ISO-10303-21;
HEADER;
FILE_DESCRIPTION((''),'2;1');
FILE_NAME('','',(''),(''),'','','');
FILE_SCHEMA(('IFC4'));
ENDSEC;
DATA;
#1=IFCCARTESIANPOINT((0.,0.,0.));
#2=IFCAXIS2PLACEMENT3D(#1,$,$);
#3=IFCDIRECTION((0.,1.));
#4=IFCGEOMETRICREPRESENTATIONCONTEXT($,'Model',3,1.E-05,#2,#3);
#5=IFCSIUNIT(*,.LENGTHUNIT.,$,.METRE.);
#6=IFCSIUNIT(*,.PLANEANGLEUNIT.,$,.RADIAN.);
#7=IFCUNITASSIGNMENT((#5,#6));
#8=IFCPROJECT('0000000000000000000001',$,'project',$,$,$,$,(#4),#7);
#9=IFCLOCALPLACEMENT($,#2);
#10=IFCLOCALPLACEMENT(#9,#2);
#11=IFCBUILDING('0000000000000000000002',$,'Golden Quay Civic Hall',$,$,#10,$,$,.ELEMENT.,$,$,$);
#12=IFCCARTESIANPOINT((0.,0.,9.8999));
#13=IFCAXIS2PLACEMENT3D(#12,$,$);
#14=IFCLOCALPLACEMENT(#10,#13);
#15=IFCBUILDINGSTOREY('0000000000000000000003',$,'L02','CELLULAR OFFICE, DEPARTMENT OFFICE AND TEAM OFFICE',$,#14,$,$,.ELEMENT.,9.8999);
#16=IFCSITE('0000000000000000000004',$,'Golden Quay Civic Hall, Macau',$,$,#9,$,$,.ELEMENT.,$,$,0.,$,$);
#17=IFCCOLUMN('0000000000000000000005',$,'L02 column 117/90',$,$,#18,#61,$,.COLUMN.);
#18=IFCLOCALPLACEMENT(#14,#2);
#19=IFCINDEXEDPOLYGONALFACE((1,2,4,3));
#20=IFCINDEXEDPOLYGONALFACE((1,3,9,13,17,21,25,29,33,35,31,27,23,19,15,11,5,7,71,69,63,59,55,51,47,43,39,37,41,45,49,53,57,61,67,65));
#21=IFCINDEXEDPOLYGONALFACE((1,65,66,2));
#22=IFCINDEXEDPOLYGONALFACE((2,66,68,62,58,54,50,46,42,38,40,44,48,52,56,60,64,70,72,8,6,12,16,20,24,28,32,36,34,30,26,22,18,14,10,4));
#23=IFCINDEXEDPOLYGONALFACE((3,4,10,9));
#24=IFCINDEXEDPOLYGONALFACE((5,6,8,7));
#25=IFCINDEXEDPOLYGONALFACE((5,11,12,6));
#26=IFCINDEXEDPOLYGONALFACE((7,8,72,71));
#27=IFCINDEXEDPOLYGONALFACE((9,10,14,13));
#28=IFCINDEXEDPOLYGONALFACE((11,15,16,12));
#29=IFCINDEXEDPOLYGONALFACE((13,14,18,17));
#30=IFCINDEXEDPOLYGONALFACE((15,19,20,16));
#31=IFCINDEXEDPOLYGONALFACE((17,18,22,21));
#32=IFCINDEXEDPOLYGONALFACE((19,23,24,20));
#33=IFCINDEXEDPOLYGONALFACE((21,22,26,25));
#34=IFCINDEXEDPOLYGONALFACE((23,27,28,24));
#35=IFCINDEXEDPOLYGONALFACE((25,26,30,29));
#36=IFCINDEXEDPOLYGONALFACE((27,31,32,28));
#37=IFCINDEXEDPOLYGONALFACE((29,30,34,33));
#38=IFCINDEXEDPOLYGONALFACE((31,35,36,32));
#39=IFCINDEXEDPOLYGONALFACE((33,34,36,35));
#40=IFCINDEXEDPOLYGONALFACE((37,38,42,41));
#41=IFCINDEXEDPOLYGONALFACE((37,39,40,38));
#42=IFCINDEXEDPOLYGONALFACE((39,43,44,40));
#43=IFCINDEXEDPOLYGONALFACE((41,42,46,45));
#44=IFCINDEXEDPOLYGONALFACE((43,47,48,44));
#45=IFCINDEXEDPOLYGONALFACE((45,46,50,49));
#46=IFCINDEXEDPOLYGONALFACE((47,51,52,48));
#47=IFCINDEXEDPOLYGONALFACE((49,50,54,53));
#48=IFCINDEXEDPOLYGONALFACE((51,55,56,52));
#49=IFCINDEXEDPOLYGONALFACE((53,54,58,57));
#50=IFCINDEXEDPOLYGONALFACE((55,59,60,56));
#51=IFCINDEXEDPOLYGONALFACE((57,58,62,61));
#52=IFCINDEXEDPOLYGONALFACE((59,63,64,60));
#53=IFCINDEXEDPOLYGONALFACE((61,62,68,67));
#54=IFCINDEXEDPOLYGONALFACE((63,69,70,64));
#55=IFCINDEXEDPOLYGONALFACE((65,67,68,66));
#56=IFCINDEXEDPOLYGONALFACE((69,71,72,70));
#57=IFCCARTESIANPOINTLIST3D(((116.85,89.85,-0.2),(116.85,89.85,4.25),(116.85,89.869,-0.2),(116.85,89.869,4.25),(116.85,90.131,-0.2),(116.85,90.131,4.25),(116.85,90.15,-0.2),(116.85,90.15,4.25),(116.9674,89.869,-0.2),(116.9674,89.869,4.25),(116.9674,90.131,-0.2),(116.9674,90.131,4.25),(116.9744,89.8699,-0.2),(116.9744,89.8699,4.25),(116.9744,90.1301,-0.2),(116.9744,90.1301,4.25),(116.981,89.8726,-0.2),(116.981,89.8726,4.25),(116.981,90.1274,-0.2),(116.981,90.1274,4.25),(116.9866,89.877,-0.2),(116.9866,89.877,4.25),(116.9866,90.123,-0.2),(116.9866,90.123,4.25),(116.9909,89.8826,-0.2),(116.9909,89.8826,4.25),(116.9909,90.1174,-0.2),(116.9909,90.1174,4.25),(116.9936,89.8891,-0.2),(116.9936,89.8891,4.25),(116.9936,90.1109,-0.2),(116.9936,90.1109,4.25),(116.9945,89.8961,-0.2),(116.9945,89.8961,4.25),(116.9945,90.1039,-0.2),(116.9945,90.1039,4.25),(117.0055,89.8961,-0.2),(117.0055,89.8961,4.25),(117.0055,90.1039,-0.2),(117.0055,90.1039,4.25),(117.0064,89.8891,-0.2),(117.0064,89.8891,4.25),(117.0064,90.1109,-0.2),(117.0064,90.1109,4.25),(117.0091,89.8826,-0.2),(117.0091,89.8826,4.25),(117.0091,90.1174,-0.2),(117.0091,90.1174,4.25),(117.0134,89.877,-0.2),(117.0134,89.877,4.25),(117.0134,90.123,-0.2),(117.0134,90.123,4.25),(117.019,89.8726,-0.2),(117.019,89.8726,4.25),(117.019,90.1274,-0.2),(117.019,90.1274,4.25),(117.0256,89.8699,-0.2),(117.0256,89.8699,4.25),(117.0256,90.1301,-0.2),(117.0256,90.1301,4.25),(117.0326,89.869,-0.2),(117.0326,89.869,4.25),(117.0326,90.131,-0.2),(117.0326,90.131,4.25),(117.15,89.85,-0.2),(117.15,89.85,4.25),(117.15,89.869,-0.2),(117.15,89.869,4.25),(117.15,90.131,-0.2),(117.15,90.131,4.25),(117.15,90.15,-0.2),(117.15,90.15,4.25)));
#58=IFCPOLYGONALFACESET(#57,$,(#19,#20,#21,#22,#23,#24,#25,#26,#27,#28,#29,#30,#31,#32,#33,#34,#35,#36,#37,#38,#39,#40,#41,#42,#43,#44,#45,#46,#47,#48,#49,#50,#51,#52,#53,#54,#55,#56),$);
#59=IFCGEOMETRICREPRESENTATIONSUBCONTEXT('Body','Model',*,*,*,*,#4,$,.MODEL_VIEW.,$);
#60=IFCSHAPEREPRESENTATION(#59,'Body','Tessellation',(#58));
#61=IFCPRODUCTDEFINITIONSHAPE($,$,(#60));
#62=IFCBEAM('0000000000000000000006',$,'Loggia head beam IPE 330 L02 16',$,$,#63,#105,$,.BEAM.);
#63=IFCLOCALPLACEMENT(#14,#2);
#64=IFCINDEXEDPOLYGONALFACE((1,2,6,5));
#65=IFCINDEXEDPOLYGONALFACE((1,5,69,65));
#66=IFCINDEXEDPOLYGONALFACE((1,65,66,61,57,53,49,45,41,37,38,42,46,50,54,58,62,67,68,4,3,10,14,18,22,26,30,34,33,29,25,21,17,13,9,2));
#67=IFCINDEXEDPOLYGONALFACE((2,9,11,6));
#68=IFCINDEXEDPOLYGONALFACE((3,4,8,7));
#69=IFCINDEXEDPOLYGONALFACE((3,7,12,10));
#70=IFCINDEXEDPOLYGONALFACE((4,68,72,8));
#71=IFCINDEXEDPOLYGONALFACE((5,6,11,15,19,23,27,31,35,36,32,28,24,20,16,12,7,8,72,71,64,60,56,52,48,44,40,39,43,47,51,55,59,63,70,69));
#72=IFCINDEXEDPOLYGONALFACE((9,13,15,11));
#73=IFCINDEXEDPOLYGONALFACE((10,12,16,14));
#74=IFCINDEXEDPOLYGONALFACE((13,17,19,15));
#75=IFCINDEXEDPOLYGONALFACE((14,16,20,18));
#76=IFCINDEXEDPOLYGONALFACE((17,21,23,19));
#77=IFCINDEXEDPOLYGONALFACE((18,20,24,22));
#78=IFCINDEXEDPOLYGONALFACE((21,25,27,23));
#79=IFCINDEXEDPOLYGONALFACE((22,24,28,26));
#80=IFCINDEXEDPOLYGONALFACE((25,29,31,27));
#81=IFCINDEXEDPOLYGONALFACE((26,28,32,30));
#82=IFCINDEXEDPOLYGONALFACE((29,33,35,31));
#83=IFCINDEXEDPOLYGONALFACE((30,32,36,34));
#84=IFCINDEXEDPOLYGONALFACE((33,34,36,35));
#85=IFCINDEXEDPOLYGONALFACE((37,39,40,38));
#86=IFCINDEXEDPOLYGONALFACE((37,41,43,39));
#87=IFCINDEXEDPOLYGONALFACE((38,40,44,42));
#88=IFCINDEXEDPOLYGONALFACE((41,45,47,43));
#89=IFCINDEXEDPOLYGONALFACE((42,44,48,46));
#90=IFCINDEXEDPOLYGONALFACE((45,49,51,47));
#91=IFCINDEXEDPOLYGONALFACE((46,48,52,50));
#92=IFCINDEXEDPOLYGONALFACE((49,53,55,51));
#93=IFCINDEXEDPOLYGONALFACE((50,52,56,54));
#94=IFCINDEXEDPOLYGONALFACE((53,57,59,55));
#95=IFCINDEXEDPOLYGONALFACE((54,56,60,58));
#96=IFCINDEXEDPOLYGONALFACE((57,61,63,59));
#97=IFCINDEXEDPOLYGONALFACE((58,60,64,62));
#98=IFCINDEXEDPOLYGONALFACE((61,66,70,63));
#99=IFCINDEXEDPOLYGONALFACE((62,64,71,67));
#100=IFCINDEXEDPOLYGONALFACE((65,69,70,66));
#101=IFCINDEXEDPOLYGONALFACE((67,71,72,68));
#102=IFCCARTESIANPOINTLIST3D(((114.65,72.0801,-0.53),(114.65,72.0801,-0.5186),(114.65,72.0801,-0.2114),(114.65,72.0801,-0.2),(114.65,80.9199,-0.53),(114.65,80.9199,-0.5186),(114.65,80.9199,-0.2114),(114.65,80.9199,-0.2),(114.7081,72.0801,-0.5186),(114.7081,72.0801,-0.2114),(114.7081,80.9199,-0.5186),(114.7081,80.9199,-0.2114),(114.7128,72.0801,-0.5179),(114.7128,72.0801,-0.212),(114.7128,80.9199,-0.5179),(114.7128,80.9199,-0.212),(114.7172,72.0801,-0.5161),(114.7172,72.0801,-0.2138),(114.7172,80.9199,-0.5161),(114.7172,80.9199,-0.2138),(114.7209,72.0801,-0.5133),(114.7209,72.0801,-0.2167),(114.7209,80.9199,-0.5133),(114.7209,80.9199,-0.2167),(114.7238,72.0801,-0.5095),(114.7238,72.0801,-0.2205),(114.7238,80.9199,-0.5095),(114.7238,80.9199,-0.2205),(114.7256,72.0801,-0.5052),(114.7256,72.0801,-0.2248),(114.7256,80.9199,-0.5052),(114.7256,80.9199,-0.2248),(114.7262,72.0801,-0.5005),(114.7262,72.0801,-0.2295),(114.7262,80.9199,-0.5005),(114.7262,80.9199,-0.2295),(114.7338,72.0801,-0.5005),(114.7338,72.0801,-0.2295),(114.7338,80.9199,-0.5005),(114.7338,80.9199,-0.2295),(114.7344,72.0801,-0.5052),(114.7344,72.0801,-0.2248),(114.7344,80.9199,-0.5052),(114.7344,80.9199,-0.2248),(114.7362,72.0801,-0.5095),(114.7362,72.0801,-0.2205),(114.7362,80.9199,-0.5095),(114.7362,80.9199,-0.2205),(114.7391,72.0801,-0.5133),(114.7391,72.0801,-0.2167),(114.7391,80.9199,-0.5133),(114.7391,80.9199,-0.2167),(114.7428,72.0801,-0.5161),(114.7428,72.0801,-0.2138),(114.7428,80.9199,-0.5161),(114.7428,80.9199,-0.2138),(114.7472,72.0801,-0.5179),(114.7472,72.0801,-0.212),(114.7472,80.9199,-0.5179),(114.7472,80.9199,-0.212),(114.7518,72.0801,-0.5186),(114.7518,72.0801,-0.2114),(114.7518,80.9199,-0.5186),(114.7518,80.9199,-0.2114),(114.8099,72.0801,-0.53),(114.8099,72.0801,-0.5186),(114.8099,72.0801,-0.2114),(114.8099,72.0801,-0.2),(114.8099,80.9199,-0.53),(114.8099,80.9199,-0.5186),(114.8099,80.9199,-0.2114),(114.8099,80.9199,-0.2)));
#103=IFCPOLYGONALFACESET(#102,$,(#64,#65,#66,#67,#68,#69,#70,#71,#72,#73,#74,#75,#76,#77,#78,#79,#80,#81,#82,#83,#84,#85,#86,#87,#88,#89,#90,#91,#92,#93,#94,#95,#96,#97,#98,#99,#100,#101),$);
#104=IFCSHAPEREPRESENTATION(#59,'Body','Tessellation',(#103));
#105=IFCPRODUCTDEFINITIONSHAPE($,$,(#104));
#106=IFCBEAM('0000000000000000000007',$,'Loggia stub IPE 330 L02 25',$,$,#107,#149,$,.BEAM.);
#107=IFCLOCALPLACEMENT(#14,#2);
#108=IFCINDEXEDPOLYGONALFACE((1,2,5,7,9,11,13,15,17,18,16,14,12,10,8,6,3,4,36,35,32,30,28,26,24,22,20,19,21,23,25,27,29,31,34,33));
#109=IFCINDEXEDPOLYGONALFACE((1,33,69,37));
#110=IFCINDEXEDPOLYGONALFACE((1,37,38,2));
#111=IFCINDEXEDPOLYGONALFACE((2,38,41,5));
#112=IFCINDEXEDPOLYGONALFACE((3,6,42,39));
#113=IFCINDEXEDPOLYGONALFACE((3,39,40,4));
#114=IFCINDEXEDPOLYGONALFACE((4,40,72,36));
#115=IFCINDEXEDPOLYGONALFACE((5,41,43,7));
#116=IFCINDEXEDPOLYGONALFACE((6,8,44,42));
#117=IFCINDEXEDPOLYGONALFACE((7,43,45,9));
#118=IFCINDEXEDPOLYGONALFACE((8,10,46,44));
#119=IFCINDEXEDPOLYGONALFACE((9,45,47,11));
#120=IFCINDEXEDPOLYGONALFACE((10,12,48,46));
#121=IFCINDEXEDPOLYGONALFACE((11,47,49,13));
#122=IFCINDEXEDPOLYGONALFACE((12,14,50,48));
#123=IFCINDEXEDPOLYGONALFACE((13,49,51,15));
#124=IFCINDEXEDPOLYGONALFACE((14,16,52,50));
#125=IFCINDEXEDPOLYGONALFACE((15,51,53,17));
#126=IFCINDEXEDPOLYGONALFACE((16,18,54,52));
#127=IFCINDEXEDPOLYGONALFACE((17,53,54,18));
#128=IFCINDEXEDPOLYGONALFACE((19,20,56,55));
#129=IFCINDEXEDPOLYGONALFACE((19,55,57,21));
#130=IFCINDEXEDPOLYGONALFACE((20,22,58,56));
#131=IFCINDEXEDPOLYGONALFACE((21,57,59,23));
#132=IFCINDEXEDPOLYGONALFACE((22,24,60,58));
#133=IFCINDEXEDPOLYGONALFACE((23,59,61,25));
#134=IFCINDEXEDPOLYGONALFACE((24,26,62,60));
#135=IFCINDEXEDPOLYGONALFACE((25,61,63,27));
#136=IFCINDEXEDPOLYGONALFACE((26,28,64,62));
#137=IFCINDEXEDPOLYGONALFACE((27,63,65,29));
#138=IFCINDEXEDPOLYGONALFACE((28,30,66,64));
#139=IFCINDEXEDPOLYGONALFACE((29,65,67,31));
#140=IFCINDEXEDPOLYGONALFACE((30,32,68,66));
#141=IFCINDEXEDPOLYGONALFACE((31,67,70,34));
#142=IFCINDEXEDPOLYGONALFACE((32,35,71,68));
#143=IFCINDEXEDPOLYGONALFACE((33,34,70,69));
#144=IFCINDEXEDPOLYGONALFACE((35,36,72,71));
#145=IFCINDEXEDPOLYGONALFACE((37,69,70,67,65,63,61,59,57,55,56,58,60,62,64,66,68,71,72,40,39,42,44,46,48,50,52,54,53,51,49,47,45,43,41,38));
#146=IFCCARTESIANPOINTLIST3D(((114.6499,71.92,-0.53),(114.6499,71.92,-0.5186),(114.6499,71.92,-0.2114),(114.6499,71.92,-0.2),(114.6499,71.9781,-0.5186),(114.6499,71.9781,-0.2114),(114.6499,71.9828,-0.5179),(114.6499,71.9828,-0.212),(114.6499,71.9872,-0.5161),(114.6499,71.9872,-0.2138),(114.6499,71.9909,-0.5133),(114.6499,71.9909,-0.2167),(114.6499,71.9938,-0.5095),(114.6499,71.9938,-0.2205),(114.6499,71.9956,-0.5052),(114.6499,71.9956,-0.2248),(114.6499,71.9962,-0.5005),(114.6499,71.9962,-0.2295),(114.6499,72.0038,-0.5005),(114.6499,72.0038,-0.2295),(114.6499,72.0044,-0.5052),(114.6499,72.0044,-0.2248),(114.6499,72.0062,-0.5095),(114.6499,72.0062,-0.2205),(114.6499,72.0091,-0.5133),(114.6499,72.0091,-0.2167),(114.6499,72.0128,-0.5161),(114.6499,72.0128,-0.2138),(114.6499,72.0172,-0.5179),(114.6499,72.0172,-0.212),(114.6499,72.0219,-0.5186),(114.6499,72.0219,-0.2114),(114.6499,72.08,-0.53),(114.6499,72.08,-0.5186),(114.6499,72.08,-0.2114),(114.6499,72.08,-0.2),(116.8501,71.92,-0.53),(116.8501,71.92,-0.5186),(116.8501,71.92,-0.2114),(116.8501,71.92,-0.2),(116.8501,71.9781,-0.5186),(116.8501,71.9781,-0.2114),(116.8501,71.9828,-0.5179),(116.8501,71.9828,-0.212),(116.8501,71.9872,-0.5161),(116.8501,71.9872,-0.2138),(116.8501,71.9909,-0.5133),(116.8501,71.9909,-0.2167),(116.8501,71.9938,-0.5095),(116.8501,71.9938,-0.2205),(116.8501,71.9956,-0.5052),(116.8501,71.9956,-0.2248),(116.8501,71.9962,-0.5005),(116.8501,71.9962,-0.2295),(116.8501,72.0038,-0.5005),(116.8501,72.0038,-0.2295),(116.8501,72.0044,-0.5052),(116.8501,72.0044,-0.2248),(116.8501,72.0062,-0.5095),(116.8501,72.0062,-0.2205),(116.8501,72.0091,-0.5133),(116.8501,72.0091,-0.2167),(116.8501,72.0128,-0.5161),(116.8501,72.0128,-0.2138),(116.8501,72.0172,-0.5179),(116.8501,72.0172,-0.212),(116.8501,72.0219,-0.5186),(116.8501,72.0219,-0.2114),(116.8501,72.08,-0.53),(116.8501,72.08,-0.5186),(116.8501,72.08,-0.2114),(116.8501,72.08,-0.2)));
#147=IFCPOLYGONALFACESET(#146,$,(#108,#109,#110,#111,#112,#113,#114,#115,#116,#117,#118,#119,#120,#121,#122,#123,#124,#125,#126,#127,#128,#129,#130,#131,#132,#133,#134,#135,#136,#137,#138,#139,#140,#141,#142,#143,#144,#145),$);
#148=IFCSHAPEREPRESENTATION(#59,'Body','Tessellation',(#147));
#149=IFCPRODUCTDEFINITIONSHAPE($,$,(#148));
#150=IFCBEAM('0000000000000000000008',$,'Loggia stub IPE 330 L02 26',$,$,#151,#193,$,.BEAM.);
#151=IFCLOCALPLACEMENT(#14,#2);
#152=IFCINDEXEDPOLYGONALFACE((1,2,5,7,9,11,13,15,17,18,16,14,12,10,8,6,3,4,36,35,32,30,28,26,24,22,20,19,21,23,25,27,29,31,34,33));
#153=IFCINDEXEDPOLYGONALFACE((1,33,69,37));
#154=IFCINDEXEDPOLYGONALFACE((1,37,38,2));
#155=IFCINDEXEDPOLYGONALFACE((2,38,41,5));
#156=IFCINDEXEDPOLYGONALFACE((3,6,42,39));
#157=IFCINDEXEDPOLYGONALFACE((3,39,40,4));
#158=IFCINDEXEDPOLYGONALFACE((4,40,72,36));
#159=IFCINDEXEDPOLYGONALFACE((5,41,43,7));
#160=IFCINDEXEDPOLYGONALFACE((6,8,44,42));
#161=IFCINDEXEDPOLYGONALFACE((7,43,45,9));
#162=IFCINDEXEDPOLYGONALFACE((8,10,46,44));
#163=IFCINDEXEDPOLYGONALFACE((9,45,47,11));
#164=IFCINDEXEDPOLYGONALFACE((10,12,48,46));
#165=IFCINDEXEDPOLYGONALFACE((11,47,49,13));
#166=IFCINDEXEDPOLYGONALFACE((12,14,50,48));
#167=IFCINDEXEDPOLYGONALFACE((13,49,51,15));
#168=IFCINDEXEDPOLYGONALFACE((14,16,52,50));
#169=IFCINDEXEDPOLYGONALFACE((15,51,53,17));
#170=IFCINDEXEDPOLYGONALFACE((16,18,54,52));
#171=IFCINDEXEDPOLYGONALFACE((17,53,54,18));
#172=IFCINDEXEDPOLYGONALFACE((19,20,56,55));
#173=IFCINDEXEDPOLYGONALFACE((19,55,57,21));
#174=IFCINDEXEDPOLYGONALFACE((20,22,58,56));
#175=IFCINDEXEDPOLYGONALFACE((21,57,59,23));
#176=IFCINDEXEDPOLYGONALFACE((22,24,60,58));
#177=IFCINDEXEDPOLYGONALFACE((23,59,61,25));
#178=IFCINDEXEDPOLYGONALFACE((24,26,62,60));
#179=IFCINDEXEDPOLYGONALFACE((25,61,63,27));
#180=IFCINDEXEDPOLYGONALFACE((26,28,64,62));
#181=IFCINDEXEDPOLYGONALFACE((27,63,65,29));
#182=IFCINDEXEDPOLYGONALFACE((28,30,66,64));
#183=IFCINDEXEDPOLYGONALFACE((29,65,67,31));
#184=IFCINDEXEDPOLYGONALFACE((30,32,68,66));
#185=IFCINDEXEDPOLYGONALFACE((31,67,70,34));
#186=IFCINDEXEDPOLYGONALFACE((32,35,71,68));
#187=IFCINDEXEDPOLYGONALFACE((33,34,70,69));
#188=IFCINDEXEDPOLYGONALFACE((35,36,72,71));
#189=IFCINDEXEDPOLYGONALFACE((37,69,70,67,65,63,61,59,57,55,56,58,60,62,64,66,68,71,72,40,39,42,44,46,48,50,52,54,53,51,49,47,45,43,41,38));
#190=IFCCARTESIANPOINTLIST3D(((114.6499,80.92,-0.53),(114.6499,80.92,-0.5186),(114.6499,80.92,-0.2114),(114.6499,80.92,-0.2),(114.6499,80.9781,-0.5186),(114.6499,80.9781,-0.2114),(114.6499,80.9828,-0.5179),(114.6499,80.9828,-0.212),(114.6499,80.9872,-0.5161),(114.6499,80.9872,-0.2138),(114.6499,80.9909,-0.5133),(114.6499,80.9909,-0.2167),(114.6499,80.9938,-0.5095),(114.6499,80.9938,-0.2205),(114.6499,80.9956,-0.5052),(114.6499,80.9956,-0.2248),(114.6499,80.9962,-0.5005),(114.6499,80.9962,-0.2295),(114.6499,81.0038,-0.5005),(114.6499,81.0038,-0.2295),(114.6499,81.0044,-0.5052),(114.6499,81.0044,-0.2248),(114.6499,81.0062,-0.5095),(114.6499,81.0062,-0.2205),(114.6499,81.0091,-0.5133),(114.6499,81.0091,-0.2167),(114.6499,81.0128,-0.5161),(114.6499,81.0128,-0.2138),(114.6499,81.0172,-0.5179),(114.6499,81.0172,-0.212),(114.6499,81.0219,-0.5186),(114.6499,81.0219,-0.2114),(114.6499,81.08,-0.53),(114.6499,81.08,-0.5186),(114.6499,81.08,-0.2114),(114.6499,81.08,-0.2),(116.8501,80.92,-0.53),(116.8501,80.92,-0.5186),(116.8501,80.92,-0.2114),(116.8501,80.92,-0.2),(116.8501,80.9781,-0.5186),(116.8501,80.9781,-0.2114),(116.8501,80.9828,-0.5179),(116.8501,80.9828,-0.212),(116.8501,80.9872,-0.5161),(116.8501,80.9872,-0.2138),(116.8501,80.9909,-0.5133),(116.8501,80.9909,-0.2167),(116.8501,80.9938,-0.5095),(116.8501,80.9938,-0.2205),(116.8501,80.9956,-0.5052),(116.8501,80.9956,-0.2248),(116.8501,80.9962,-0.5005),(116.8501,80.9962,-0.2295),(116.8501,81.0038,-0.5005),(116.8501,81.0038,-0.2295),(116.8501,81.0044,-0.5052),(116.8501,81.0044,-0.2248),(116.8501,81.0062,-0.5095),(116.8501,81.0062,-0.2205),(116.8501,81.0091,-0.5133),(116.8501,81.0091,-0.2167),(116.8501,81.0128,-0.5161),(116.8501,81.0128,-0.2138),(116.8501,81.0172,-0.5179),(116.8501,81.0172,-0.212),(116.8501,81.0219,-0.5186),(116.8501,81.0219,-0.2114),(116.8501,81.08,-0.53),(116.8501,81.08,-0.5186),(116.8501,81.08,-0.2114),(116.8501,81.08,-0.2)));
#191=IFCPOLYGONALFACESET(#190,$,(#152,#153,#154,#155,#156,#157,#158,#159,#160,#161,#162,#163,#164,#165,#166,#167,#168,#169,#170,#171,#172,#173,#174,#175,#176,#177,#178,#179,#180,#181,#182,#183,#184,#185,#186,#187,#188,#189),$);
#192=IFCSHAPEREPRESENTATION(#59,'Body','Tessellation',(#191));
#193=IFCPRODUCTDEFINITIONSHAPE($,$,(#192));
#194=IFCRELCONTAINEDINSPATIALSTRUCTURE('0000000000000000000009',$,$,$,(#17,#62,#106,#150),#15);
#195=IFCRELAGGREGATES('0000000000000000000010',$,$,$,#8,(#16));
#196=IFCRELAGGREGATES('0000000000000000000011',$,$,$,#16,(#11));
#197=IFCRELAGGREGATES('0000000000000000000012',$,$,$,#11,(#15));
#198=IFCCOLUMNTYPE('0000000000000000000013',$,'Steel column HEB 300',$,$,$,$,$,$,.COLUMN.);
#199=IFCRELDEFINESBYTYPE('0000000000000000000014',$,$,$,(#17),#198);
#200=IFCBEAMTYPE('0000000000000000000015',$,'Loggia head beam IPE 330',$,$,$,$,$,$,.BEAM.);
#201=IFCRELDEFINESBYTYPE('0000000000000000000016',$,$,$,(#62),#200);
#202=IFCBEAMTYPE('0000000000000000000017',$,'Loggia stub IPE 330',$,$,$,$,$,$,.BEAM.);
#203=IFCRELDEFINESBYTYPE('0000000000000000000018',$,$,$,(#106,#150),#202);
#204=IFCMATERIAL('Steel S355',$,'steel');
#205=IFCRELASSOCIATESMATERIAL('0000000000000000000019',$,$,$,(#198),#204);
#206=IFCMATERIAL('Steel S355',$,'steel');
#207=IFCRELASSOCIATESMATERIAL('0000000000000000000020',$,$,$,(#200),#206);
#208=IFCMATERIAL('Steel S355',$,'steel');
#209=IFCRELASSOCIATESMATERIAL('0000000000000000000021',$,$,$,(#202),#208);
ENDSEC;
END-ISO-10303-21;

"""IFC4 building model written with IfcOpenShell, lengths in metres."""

from ifc_helpers import new_model, si_unit, direction, frame, origin, origin_2d, place, context, subcontext, project, spatial, i_section, extrude, material, material_profile, profile_set, type_object, element, save


model = new_model("IFC4")

# Units and contexts
model_context = context("Model", 3, precision=1e-05, world=origin(), true_north=direction((0.0, 1.0)))
body_context = subcontext(model_context, "Body", "Model", "MODEL_VIEW")
ifc_project = project(units=[si_unit("LENGTHUNIT", "METRE"), si_unit("PLANEANGLEUNIT", "RADIAN")], contexts=[model_context])

# Site, building, storey
site_placement = place(None, origin())
site = spatial("IfcSite", under=ifc_project, at=site_placement, Name="Golden Quay Civic Hall, Macau", CompositionType="ELEMENT", RefElevation=0.0)
building_placement = place(site_placement, origin())
building = spatial("IfcBuilding", under=site, at=building_placement, Name="Golden Quay Civic Hall", CompositionType="ELEMENT")
storey_placement = place(building_placement, frame((0.0, 0.0, 9.8999)))
storey = spatial("IfcBuildingStorey", under=building, at=storey_placement, Name="L02", Description="CELLULAR OFFICE, DEPARTMENT OFFICE AND TEAM OFFICE", CompositionType="ELEMENT", Elevation=9.8999)

# Column
ifc_material_1 = material(Name="Steel S355", Category="steel")
ifc_material_profile_1 = material_profile(ifc_material_1, i_section(OverallWidth=0.3, OverallDepth=0.3, WebThickness=0.011, FlangeThickness=0.019, FilletRadius=0.0271, at=origin_2d()), Name="HEB 300")
ifc_profile_set_1 = profile_set([ifc_material_profile_1], Name="Steel S355")
column_type = type_object("IfcColumnType", Name="Steel column HEB 300", PredefinedType="COLUMN", material=ifc_profile_set_1)
for number, where, z_axis, x_axis, name in (
    (1, (117.0, 90.0, -0.2), (0.0, 0.0, 1.0), (1.0, 0.0, 0.0), "L02 column 117/90"),
):
    element("IfcColumn", number, at=place(storey_placement, frame(where, z_axis=z_axis, x_axis=x_axis)), inside=storey, type_object=column_type, Name=name, PredefinedType="COLUMN", context=body_context, shape_type="SweptSolid", body=[
        extrude(i_section(OverallWidth=0.3, OverallDepth=0.3, WebThickness=0.011, FlangeThickness=0.019, FilletRadius=0.0271, at=origin_2d()), origin(), (0.0, 0.0, 1.0), 4.45),
    ])

# Beams
ifc_material_2 = material(Name="Steel S355", Category="steel")
ifc_material_profile_2 = material_profile(ifc_material_2, i_section(OverallWidth=0.1599, OverallDepth=0.3301, WebThickness=0.0076, FlangeThickness=0.0115, FilletRadius=0.0181, at=origin_2d()), Name="IPE 330")
ifc_profile_set_2 = profile_set([ifc_material_profile_2], Name="Steel S355")
beam_type_1 = type_object("IfcBeamType", Name="Loggia head beam IPE 330", PredefinedType="BEAM", material=ifc_profile_set_2)
beam_1_placement = place(storey_placement, frame((114.73, 72.0801, -0.365), z_axis=(0.0, 1.0, 0.0), x_axis=(-1.0, 0.0, 0.0)))
element("IfcBeam", 2, at=beam_1_placement, inside=storey, type_object=beam_type_1, Name="Loggia head beam IPE 330 L02 16", PredefinedType="BEAM", context=body_context, shape_type="SweptSolid", body=[
    extrude(i_section(OverallWidth=0.1599, OverallDepth=0.3301, WebThickness=0.0076, FlangeThickness=0.0115, FilletRadius=0.0181, at=origin_2d()), origin(), (0.0, 0.0, 1.0), 8.8398),
])
ifc_material_3 = material(Name="Steel S355", Category="steel")
ifc_material_profile_3 = material_profile(ifc_material_3, i_section(OverallWidth=0.1599, OverallDepth=0.3301, WebThickness=0.0076, FlangeThickness=0.0115, FilletRadius=0.0181, at=origin_2d()), Name="IPE 330")
ifc_profile_set_3 = profile_set([ifc_material_profile_3], Name="Steel S355")
beam_type_2 = type_object("IfcBeamType", Name="Loggia stub IPE 330", PredefinedType="BEAM", material=ifc_profile_set_3)
for number, where, z_axis, x_axis, name in (
    (3, (116.8501, 72.0, -0.365), (-1.0, 0.0, 0.0), (0.0, -1.0, 0.0), "Loggia stub IPE 330 L02 25"),
    (4, (116.8501, 81.0, -0.365), (-1.0, 0.0, 0.0), (0.0, -1.0, 0.0), "Loggia stub IPE 330 L02 26"),
):
    element("IfcBeam", number, at=place(storey_placement, frame(where, z_axis=z_axis, x_axis=x_axis)), inside=storey, type_object=beam_type_2, Name=name, PredefinedType="BEAM", context=body_context, shape_type="SweptSolid", body=[
        extrude(i_section(OverallWidth=0.1599, OverallDepth=0.3301, WebThickness=0.0076, FlangeThickness=0.0115, FilletRadius=0.0181, at=origin_2d()), origin(), (0.0, 0.0, 1.0), 2.2002),
    ])

save(model, "model.ifc")
